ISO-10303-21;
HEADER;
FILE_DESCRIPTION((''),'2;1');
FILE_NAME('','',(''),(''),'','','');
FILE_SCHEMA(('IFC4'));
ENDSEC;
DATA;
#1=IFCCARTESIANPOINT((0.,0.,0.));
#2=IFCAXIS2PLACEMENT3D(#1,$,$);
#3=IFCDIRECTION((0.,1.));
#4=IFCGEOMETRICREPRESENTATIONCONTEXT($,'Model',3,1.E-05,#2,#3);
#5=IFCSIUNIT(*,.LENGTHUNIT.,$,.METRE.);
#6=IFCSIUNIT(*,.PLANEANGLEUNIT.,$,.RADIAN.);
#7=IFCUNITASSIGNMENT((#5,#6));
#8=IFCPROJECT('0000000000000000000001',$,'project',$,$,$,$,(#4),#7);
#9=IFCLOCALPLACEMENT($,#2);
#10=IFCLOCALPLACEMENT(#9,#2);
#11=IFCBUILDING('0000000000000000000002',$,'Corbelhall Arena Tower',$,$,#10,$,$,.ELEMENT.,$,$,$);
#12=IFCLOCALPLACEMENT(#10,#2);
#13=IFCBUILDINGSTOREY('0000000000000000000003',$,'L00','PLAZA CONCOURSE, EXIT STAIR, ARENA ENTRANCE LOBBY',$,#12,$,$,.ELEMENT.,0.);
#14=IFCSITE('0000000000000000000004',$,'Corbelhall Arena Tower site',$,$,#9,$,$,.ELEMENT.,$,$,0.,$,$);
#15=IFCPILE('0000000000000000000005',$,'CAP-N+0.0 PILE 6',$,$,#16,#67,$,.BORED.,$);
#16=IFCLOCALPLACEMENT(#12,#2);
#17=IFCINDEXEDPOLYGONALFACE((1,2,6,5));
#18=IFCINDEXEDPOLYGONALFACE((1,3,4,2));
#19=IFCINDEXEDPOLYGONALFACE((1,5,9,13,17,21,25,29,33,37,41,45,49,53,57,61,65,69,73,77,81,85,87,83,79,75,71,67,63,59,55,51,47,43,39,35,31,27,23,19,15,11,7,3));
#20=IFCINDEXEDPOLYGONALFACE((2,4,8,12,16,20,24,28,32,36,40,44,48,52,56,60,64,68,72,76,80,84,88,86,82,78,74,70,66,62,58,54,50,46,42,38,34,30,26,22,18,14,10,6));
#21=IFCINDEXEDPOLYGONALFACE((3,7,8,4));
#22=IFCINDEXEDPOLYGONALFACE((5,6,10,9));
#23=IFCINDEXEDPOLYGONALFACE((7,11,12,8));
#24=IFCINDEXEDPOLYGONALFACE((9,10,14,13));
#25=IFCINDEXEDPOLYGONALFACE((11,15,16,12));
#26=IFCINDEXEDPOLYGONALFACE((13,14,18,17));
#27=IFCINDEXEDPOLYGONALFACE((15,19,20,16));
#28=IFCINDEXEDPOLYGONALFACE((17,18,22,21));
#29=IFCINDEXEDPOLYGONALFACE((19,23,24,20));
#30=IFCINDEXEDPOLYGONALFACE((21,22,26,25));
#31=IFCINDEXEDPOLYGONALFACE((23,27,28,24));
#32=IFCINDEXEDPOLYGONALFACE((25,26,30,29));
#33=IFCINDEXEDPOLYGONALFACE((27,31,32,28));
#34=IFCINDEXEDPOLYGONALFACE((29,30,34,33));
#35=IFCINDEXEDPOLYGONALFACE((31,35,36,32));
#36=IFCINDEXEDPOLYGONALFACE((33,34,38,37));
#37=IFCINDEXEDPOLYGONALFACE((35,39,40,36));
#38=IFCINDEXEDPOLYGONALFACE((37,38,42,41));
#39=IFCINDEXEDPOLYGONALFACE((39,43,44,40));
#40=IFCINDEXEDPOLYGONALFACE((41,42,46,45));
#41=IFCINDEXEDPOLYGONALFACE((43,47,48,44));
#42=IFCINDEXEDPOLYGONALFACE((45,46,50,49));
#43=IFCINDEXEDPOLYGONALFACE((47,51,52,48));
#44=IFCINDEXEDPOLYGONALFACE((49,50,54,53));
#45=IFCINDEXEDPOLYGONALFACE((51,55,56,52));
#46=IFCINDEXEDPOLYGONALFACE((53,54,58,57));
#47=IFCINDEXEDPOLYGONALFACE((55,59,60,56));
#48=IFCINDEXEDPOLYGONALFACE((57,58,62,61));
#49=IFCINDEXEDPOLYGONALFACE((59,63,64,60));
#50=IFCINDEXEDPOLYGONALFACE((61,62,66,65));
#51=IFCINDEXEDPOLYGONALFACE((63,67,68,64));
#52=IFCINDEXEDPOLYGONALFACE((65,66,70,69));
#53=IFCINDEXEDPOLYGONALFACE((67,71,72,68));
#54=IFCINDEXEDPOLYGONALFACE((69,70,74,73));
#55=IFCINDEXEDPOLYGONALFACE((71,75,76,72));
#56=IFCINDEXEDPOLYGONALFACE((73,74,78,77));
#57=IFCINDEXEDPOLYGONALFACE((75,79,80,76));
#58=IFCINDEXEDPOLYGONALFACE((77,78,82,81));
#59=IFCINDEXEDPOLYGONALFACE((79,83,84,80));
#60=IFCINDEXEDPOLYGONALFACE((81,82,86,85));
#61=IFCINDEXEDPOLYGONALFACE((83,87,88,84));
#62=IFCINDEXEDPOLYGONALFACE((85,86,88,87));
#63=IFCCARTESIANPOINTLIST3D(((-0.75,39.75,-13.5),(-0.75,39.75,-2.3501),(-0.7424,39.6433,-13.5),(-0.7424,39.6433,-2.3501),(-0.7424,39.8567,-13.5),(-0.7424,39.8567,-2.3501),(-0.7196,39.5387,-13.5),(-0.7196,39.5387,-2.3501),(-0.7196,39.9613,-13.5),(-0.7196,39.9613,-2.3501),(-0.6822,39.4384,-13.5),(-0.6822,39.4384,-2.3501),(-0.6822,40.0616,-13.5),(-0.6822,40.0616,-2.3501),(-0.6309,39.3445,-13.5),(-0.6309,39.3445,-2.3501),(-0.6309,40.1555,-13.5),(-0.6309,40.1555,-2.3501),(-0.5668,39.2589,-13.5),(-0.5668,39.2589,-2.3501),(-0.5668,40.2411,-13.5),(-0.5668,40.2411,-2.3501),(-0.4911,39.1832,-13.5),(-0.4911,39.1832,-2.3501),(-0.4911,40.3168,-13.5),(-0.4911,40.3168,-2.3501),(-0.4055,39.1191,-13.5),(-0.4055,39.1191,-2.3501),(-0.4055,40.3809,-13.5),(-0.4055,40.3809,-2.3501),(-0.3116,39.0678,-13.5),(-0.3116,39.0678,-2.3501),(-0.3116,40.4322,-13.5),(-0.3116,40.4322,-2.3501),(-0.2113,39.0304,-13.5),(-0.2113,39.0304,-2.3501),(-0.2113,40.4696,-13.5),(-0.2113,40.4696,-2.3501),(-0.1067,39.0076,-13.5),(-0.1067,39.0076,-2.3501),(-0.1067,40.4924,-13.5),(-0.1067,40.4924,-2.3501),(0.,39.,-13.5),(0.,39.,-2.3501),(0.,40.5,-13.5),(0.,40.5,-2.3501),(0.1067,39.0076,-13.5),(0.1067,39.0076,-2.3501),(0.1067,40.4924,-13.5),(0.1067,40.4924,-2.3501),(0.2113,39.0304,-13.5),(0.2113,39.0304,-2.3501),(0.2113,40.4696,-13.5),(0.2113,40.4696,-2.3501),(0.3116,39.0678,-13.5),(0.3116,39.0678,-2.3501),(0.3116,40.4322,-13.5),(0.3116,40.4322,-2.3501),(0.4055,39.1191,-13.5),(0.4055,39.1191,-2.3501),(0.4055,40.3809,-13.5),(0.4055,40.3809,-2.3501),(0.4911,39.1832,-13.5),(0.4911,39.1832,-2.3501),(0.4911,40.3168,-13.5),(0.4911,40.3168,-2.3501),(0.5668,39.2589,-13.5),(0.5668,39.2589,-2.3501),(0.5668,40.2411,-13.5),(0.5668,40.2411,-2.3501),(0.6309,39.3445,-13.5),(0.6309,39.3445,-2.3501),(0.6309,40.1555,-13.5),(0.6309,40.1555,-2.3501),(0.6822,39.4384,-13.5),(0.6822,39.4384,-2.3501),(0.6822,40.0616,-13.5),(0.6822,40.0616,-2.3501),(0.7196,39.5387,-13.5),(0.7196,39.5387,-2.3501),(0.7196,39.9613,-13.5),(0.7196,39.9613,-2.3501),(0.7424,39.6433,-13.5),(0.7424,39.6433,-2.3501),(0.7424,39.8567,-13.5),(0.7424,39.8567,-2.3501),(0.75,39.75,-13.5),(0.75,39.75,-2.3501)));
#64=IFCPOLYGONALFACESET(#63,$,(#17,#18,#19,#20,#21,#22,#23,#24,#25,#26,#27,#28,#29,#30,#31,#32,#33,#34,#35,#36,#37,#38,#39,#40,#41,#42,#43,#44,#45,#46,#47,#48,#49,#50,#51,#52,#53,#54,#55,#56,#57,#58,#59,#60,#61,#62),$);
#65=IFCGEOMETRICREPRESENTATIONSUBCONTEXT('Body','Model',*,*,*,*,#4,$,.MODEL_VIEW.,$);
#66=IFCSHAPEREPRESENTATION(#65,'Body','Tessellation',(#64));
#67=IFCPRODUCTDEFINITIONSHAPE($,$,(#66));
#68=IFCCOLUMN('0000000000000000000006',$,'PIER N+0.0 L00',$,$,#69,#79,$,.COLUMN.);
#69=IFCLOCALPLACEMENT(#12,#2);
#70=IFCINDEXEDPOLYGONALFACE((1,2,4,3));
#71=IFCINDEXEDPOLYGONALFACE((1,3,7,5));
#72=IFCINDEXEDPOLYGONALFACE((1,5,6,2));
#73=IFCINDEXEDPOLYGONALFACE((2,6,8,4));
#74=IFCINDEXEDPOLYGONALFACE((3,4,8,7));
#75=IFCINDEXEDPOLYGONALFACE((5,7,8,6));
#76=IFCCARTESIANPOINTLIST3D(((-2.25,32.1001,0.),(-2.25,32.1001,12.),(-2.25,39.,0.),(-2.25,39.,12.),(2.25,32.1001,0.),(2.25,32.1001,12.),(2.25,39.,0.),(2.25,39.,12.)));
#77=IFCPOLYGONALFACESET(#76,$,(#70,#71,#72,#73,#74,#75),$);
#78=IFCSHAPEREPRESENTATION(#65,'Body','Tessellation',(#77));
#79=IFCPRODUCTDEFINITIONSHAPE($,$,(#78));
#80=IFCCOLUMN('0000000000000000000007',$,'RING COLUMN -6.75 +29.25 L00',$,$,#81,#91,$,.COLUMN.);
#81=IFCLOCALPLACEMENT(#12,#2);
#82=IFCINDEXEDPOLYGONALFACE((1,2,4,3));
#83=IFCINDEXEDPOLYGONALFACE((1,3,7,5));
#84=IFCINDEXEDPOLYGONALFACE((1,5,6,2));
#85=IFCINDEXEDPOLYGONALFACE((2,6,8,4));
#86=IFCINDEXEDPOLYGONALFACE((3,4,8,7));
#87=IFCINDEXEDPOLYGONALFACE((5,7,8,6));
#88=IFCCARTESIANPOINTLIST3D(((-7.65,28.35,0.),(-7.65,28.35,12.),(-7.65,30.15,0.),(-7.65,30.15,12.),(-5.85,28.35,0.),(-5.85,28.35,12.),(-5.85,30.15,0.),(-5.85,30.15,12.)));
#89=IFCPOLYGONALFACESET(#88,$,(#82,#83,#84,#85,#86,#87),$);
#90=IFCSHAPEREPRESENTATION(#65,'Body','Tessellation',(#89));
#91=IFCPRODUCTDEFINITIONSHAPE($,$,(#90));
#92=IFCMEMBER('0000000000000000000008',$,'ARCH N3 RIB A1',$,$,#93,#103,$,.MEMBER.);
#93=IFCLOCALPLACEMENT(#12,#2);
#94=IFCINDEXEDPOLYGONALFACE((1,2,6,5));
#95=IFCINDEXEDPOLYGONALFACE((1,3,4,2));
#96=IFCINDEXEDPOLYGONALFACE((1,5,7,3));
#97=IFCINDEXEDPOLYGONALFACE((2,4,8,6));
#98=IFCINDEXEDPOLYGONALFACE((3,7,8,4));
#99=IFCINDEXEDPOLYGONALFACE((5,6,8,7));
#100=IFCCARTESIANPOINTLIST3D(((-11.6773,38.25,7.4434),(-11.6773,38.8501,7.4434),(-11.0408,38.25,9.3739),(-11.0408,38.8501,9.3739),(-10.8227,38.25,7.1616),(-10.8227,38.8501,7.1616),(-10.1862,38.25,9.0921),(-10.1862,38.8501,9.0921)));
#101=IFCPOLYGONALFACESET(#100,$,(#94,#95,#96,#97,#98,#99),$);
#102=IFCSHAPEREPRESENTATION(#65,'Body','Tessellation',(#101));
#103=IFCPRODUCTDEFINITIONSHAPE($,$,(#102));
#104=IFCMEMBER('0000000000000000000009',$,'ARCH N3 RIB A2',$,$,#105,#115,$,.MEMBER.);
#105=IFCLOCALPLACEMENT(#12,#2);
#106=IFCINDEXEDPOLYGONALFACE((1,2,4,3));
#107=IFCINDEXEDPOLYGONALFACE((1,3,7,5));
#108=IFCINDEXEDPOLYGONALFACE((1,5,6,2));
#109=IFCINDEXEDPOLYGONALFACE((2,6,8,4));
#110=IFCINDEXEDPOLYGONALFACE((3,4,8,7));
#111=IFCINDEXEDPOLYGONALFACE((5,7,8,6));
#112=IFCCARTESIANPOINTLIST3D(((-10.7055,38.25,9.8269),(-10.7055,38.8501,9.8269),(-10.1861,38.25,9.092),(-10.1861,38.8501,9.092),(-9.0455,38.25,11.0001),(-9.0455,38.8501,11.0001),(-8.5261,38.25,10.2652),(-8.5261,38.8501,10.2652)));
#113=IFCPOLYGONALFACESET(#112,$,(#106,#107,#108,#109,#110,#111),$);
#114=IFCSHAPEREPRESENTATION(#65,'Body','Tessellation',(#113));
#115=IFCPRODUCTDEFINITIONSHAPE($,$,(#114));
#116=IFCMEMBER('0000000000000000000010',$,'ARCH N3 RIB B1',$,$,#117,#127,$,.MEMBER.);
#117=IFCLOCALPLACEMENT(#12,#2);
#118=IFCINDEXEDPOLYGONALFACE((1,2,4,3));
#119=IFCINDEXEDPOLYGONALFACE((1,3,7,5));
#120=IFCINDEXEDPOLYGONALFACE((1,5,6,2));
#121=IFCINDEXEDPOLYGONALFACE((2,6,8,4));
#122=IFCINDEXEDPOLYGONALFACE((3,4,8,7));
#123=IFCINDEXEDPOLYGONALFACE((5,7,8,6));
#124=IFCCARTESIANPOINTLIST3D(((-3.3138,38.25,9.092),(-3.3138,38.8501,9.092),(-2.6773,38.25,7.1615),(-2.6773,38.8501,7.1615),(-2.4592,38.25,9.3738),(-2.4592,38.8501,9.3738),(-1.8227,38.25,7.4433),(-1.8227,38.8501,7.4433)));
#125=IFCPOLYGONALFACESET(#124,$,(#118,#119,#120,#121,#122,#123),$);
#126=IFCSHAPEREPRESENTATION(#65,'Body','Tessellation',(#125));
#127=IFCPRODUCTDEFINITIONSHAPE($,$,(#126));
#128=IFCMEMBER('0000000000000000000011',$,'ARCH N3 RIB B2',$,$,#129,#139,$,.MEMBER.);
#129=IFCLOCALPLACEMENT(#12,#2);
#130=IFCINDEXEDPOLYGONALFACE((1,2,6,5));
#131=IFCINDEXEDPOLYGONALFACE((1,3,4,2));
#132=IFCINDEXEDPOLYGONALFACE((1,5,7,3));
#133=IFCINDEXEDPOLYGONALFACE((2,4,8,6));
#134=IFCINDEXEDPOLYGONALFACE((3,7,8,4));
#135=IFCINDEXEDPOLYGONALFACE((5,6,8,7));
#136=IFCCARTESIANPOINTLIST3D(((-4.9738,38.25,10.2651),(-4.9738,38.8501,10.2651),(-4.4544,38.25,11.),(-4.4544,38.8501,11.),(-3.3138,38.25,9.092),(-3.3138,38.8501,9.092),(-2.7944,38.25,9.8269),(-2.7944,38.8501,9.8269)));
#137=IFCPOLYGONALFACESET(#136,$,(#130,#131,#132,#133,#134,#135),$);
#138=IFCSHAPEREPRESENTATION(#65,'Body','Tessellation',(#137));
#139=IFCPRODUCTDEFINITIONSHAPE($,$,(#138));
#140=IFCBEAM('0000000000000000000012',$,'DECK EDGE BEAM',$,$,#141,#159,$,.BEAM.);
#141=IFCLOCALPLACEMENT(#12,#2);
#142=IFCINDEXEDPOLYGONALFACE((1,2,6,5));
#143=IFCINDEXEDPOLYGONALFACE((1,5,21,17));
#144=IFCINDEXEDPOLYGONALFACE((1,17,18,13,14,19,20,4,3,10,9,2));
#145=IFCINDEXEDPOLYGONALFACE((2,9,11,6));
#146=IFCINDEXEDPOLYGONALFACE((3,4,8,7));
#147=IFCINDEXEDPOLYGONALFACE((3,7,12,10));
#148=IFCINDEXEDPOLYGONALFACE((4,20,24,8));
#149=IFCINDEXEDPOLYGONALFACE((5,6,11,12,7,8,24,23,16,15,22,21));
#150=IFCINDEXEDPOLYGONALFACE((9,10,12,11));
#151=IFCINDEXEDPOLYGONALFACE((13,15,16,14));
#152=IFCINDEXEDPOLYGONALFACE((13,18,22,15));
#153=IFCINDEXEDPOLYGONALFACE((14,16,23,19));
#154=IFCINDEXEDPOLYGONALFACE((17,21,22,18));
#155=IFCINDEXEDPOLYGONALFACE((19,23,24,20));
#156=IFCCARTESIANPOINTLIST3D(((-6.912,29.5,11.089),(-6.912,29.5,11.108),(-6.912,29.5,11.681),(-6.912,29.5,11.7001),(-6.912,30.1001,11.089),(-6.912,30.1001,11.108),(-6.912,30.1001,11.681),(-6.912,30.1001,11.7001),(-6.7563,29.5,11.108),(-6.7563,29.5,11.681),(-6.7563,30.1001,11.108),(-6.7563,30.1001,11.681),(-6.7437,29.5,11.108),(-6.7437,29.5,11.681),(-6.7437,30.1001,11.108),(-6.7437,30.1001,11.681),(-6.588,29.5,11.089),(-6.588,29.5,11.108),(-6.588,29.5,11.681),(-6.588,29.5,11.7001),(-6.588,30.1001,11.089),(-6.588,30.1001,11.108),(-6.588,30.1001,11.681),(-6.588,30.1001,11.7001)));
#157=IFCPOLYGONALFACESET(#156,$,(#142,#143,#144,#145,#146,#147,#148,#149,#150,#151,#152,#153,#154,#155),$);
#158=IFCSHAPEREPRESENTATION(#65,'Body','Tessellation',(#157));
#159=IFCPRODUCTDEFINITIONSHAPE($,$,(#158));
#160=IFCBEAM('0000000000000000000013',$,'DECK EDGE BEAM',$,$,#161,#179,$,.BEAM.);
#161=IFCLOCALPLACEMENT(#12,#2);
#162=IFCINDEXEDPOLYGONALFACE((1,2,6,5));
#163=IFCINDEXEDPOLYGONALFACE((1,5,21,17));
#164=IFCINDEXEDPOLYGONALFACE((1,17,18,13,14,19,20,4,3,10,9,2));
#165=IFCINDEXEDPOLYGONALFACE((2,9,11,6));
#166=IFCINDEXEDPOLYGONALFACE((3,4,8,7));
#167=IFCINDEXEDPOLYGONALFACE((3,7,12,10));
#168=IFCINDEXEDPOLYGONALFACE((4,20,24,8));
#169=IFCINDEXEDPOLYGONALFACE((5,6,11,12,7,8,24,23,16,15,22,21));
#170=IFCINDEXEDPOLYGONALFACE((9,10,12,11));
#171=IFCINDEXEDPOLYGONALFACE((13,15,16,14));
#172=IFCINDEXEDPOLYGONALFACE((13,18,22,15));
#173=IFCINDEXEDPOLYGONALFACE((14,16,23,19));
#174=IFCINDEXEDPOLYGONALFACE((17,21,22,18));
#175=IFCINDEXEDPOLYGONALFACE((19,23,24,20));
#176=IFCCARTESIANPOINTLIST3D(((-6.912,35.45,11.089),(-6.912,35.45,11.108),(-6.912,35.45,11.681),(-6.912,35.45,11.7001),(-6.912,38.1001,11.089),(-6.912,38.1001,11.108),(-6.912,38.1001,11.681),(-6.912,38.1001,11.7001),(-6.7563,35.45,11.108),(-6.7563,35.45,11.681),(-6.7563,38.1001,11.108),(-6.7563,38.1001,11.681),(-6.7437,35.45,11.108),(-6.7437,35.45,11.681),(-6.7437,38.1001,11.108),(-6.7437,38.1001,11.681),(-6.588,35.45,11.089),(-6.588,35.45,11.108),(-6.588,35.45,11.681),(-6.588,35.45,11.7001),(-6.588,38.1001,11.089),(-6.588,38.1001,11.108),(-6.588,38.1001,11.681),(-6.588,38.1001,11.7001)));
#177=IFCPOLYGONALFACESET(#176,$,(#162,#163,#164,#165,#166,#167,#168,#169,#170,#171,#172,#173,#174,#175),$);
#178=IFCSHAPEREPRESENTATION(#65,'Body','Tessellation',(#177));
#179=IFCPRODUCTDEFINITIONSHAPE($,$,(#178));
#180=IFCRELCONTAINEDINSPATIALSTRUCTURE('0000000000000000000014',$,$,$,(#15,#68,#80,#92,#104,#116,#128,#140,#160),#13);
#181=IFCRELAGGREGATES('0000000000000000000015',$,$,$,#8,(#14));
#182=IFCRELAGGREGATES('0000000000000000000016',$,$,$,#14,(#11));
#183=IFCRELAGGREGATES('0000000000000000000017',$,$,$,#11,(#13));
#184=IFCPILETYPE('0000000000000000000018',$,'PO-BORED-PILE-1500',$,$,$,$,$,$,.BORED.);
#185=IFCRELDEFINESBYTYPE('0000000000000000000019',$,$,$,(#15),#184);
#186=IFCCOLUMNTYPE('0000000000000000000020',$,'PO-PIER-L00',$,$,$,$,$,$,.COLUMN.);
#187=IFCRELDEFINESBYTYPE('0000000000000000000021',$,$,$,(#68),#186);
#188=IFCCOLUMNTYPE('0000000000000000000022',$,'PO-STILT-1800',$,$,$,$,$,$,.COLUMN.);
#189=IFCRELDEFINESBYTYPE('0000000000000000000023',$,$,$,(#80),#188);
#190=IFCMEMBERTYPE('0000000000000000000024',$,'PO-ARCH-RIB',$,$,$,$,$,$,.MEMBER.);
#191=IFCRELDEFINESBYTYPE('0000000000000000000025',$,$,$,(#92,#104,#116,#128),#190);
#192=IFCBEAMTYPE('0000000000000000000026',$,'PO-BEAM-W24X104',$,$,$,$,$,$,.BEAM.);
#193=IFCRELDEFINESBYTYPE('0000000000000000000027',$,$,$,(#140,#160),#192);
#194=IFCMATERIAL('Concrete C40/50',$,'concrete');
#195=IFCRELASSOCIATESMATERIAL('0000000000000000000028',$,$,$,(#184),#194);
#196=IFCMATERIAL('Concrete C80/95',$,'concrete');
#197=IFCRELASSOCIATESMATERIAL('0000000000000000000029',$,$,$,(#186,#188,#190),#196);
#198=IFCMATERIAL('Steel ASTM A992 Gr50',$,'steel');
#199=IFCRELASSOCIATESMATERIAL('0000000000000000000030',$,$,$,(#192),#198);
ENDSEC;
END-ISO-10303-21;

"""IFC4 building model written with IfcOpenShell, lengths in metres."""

from ifc_helpers import new_model, si_unit, direction, frame, origin, origin_2d, place, context, subcontext, project, spatial, rectangle, circle, i_section, extrude, material, material_profile, profile_set, type_object, element, save


model = new_model("IFC4")

# Units and contexts
model_context = context("Model", 3, precision=1e-05, world=origin(), true_north=direction((0.0, 1.0)))
body_context = subcontext(model_context, "Body", "Model", "MODEL_VIEW")
ifc_project = project(units=[si_unit("LENGTHUNIT", "METRE"), si_unit("PLANEANGLEUNIT", "RADIAN")], contexts=[model_context])

# Site, building, storey
site_placement = place(None, origin())
site = spatial("IfcSite", under=ifc_project, at=site_placement, Name="Corbelhall Arena Tower site", CompositionType="ELEMENT", RefElevation=0.0)
building_placement = place(site_placement, origin())
building = spatial("IfcBuilding", under=site, at=building_placement, Name="Corbelhall Arena Tower", CompositionType="ELEMENT")
storey_placement = place(building_placement, origin())
storey = spatial("IfcBuildingStorey", under=building, at=storey_placement, Name="L00", Description="PLAZA CONCOURSE, EXIT STAIR, ARENA ENTRANCE LOBBY", CompositionType="ELEMENT", Elevation=0.0)

# Pile
ifc_material_1 = material(Name="Concrete C40/50", Category="concrete")
ifc_material_profile_1 = material_profile(ifc_material_1, circle(Radius=0.75, at=origin_2d()))
ifc_profile_set_1 = profile_set([ifc_material_profile_1], Name="Concrete C40/50")
pile_type_1 = type_object("IfcPileType", Name="PO-BORED-PILE-1500", PredefinedType="BORED", material=ifc_profile_set_1)
for number, where, z_axis, x_axis, name in (
    (1, (0.0, 39.75, -2.3501), (0.0, 0.0, -1.0), (1.0, 0.0, 0.0), "CAP-N+0.0 PILE 6"),
):
    element("IfcPile", number, at=place(storey_placement, frame(where, z_axis=z_axis, x_axis=x_axis)), inside=storey, type_object=pile_type_1, Name=name, PredefinedType="BORED", context=body_context, shape_type="SweptSolid", body=[
        extrude(circle(Radius=0.75, at=origin_2d()), origin(), (0.0, 0.0, 1.0), 11.1499),
    ])

# Columns
ifc_material_2 = material(Name="Concrete C80/95", Category="concrete")
ifc_material_profile_2 = material_profile(ifc_material_2, rectangle(XDim=4.5, YDim=6.8999, at=origin_2d()))
ifc_profile_set_2 = profile_set([ifc_material_profile_2], Name="Concrete C80/95")
column_type_1 = type_object("IfcColumnType", Name="PO-PIER-L00", PredefinedType="COLUMN", material=ifc_profile_set_2)
column_1_placement = place(storey_placement, frame((0.0, 35.55, 0.0), z_axis=(0.0, 0.0, 1.0), x_axis=(1.0, 0.0, 0.0)))
element("IfcColumn", 2, at=column_1_placement, inside=storey, type_object=column_type_1, Name="PIER N+0.0 L00", PredefinedType="COLUMN", context=body_context, shape_type="SweptSolid", body=[
    extrude(rectangle(XDim=4.5, YDim=6.8999, at=origin_2d()), origin(), (0.0, 0.0, 1.0), 12.0),
])
ifc_material_profile_3 = material_profile(ifc_material_2, rectangle(XDim=1.8, YDim=1.8, at=origin_2d()))
ifc_profile_set_3 = profile_set([ifc_material_profile_3], Name="Concrete C80/95")
column_type_2 = type_object("IfcColumnType", Name="PO-STILT-1800", PredefinedType="COLUMN", material=ifc_profile_set_3)
column_2_placement = place(storey_placement, frame((-6.75, 29.25, 0.0), z_axis=(0.0, 0.0, 1.0), x_axis=(1.0, 0.0, 0.0)))
element("IfcColumn", 3, at=column_2_placement, inside=storey, type_object=column_type_2, Name="RING COLUMN -6.75 +29.25 L00", PredefinedType="COLUMN", context=body_context, shape_type="SweptSolid", body=[
    extrude(rectangle(XDim=1.8, YDim=1.8, at=origin_2d()), origin(), (0.0, 0.0, 1.0), 12.0),
])

# Members
ifc_material_profile_4 = material_profile(ifc_material_2, rectangle(XDim=0.6001, YDim=0.8999, at=origin_2d()))
ifc_profile_set_4 = profile_set([ifc_material_profile_4], Name="Concrete C80/95")
member_type = type_object("IfcMemberType", Name="PO-ARCH-RIB", PredefinedType="MEMBER", material=ifc_profile_set_4)
for number, where, z_axis, x_axis, name in (
    (4, (-11.25, 38.55, 7.3025), (0.313127, 0.0, 0.949711), (0.0, 1.0, 0.0), "ARCH N3 RIB A1"),
    (5, (-10.4458, 38.55, 9.4595), (0.816645, 0.0, 0.577141), (0.0, 1.0, 0.0), "ARCH N3 RIB A2"),
    (6, (-2.8865, 38.55, 9.2329), (0.313127, 0.0, -0.949711), (0.0, 1.0, 0.0), "ARCH N3 RIB B1"),
    (7, (-4.7141, 38.55, 10.6326), (0.816645, 0.0, -0.577141), (0.0, 1.0, 0.0), "ARCH N3 RIB B2"),
):
    element("IfcMember", number, at=place(storey_placement, frame(where, z_axis=z_axis, x_axis=x_axis)), inside=storey, type_object=member_type, Name=name, PredefinedType="MEMBER", context=body_context, shape_type="SweptSolid", body=[
        extrude(rectangle(XDim=0.6001, YDim=0.8999, at=origin_2d()), origin(), (0.0, 0.0, 1.0), 2.0327),
    ])

# Beams
ifc_material_3 = material(Name="Steel ASTM A992 Gr50", Category="steel")
ifc_material_profile_5 = material_profile(ifc_material_3, i_section(OverallWidth=0.324, OverallDepth=0.6111, WebThickness=0.0127, FlangeThickness=0.019, at=origin_2d()))
ifc_profile_set_5 = profile_set([ifc_material_profile_5], Name="Steel ASTM A992 Gr50")
beam_type_1 = type_object("IfcBeamType", Name="PO-BEAM-W24X104", PredefinedType="BEAM", material=ifc_profile_set_5)
beam_1_placement = place(storey_placement, frame((-6.75, 29.5, 11.3945), z_axis=(0.0, 1.0, 0.0), x_axis=(-1.0, 0.0, 0.0)))
element("IfcBeam", 8, at=beam_1_placement, inside=storey, type_object=beam_type_1, Name="DECK EDGE BEAM", PredefinedType="BEAM", context=body_context, shape_type="SweptSolid", body=[
    extrude(i_section(OverallWidth=0.324, OverallDepth=0.6111, WebThickness=0.0127, FlangeThickness=0.019, at=origin_2d()), origin(), (0.0, 0.0, 1.0), 0.6001),
])
beam_2_placement = place(storey_placement, frame((-6.75, 35.45, 11.3945), z_axis=(0.0, 1.0, 0.0), x_axis=(-1.0, 0.0, 0.0)))
element("IfcBeam", 9, at=beam_2_placement, inside=storey, type_object=beam_type_1, Name="DECK EDGE BEAM", PredefinedType="BEAM", context=body_context, shape_type="SweptSolid", body=[
    extrude(i_section(OverallWidth=0.324, OverallDepth=0.6111, WebThickness=0.0127, FlangeThickness=0.019, at=origin_2d()), origin(), (0.0, 0.0, 1.0), 2.6501),
])

save(model, "model.ifc")
